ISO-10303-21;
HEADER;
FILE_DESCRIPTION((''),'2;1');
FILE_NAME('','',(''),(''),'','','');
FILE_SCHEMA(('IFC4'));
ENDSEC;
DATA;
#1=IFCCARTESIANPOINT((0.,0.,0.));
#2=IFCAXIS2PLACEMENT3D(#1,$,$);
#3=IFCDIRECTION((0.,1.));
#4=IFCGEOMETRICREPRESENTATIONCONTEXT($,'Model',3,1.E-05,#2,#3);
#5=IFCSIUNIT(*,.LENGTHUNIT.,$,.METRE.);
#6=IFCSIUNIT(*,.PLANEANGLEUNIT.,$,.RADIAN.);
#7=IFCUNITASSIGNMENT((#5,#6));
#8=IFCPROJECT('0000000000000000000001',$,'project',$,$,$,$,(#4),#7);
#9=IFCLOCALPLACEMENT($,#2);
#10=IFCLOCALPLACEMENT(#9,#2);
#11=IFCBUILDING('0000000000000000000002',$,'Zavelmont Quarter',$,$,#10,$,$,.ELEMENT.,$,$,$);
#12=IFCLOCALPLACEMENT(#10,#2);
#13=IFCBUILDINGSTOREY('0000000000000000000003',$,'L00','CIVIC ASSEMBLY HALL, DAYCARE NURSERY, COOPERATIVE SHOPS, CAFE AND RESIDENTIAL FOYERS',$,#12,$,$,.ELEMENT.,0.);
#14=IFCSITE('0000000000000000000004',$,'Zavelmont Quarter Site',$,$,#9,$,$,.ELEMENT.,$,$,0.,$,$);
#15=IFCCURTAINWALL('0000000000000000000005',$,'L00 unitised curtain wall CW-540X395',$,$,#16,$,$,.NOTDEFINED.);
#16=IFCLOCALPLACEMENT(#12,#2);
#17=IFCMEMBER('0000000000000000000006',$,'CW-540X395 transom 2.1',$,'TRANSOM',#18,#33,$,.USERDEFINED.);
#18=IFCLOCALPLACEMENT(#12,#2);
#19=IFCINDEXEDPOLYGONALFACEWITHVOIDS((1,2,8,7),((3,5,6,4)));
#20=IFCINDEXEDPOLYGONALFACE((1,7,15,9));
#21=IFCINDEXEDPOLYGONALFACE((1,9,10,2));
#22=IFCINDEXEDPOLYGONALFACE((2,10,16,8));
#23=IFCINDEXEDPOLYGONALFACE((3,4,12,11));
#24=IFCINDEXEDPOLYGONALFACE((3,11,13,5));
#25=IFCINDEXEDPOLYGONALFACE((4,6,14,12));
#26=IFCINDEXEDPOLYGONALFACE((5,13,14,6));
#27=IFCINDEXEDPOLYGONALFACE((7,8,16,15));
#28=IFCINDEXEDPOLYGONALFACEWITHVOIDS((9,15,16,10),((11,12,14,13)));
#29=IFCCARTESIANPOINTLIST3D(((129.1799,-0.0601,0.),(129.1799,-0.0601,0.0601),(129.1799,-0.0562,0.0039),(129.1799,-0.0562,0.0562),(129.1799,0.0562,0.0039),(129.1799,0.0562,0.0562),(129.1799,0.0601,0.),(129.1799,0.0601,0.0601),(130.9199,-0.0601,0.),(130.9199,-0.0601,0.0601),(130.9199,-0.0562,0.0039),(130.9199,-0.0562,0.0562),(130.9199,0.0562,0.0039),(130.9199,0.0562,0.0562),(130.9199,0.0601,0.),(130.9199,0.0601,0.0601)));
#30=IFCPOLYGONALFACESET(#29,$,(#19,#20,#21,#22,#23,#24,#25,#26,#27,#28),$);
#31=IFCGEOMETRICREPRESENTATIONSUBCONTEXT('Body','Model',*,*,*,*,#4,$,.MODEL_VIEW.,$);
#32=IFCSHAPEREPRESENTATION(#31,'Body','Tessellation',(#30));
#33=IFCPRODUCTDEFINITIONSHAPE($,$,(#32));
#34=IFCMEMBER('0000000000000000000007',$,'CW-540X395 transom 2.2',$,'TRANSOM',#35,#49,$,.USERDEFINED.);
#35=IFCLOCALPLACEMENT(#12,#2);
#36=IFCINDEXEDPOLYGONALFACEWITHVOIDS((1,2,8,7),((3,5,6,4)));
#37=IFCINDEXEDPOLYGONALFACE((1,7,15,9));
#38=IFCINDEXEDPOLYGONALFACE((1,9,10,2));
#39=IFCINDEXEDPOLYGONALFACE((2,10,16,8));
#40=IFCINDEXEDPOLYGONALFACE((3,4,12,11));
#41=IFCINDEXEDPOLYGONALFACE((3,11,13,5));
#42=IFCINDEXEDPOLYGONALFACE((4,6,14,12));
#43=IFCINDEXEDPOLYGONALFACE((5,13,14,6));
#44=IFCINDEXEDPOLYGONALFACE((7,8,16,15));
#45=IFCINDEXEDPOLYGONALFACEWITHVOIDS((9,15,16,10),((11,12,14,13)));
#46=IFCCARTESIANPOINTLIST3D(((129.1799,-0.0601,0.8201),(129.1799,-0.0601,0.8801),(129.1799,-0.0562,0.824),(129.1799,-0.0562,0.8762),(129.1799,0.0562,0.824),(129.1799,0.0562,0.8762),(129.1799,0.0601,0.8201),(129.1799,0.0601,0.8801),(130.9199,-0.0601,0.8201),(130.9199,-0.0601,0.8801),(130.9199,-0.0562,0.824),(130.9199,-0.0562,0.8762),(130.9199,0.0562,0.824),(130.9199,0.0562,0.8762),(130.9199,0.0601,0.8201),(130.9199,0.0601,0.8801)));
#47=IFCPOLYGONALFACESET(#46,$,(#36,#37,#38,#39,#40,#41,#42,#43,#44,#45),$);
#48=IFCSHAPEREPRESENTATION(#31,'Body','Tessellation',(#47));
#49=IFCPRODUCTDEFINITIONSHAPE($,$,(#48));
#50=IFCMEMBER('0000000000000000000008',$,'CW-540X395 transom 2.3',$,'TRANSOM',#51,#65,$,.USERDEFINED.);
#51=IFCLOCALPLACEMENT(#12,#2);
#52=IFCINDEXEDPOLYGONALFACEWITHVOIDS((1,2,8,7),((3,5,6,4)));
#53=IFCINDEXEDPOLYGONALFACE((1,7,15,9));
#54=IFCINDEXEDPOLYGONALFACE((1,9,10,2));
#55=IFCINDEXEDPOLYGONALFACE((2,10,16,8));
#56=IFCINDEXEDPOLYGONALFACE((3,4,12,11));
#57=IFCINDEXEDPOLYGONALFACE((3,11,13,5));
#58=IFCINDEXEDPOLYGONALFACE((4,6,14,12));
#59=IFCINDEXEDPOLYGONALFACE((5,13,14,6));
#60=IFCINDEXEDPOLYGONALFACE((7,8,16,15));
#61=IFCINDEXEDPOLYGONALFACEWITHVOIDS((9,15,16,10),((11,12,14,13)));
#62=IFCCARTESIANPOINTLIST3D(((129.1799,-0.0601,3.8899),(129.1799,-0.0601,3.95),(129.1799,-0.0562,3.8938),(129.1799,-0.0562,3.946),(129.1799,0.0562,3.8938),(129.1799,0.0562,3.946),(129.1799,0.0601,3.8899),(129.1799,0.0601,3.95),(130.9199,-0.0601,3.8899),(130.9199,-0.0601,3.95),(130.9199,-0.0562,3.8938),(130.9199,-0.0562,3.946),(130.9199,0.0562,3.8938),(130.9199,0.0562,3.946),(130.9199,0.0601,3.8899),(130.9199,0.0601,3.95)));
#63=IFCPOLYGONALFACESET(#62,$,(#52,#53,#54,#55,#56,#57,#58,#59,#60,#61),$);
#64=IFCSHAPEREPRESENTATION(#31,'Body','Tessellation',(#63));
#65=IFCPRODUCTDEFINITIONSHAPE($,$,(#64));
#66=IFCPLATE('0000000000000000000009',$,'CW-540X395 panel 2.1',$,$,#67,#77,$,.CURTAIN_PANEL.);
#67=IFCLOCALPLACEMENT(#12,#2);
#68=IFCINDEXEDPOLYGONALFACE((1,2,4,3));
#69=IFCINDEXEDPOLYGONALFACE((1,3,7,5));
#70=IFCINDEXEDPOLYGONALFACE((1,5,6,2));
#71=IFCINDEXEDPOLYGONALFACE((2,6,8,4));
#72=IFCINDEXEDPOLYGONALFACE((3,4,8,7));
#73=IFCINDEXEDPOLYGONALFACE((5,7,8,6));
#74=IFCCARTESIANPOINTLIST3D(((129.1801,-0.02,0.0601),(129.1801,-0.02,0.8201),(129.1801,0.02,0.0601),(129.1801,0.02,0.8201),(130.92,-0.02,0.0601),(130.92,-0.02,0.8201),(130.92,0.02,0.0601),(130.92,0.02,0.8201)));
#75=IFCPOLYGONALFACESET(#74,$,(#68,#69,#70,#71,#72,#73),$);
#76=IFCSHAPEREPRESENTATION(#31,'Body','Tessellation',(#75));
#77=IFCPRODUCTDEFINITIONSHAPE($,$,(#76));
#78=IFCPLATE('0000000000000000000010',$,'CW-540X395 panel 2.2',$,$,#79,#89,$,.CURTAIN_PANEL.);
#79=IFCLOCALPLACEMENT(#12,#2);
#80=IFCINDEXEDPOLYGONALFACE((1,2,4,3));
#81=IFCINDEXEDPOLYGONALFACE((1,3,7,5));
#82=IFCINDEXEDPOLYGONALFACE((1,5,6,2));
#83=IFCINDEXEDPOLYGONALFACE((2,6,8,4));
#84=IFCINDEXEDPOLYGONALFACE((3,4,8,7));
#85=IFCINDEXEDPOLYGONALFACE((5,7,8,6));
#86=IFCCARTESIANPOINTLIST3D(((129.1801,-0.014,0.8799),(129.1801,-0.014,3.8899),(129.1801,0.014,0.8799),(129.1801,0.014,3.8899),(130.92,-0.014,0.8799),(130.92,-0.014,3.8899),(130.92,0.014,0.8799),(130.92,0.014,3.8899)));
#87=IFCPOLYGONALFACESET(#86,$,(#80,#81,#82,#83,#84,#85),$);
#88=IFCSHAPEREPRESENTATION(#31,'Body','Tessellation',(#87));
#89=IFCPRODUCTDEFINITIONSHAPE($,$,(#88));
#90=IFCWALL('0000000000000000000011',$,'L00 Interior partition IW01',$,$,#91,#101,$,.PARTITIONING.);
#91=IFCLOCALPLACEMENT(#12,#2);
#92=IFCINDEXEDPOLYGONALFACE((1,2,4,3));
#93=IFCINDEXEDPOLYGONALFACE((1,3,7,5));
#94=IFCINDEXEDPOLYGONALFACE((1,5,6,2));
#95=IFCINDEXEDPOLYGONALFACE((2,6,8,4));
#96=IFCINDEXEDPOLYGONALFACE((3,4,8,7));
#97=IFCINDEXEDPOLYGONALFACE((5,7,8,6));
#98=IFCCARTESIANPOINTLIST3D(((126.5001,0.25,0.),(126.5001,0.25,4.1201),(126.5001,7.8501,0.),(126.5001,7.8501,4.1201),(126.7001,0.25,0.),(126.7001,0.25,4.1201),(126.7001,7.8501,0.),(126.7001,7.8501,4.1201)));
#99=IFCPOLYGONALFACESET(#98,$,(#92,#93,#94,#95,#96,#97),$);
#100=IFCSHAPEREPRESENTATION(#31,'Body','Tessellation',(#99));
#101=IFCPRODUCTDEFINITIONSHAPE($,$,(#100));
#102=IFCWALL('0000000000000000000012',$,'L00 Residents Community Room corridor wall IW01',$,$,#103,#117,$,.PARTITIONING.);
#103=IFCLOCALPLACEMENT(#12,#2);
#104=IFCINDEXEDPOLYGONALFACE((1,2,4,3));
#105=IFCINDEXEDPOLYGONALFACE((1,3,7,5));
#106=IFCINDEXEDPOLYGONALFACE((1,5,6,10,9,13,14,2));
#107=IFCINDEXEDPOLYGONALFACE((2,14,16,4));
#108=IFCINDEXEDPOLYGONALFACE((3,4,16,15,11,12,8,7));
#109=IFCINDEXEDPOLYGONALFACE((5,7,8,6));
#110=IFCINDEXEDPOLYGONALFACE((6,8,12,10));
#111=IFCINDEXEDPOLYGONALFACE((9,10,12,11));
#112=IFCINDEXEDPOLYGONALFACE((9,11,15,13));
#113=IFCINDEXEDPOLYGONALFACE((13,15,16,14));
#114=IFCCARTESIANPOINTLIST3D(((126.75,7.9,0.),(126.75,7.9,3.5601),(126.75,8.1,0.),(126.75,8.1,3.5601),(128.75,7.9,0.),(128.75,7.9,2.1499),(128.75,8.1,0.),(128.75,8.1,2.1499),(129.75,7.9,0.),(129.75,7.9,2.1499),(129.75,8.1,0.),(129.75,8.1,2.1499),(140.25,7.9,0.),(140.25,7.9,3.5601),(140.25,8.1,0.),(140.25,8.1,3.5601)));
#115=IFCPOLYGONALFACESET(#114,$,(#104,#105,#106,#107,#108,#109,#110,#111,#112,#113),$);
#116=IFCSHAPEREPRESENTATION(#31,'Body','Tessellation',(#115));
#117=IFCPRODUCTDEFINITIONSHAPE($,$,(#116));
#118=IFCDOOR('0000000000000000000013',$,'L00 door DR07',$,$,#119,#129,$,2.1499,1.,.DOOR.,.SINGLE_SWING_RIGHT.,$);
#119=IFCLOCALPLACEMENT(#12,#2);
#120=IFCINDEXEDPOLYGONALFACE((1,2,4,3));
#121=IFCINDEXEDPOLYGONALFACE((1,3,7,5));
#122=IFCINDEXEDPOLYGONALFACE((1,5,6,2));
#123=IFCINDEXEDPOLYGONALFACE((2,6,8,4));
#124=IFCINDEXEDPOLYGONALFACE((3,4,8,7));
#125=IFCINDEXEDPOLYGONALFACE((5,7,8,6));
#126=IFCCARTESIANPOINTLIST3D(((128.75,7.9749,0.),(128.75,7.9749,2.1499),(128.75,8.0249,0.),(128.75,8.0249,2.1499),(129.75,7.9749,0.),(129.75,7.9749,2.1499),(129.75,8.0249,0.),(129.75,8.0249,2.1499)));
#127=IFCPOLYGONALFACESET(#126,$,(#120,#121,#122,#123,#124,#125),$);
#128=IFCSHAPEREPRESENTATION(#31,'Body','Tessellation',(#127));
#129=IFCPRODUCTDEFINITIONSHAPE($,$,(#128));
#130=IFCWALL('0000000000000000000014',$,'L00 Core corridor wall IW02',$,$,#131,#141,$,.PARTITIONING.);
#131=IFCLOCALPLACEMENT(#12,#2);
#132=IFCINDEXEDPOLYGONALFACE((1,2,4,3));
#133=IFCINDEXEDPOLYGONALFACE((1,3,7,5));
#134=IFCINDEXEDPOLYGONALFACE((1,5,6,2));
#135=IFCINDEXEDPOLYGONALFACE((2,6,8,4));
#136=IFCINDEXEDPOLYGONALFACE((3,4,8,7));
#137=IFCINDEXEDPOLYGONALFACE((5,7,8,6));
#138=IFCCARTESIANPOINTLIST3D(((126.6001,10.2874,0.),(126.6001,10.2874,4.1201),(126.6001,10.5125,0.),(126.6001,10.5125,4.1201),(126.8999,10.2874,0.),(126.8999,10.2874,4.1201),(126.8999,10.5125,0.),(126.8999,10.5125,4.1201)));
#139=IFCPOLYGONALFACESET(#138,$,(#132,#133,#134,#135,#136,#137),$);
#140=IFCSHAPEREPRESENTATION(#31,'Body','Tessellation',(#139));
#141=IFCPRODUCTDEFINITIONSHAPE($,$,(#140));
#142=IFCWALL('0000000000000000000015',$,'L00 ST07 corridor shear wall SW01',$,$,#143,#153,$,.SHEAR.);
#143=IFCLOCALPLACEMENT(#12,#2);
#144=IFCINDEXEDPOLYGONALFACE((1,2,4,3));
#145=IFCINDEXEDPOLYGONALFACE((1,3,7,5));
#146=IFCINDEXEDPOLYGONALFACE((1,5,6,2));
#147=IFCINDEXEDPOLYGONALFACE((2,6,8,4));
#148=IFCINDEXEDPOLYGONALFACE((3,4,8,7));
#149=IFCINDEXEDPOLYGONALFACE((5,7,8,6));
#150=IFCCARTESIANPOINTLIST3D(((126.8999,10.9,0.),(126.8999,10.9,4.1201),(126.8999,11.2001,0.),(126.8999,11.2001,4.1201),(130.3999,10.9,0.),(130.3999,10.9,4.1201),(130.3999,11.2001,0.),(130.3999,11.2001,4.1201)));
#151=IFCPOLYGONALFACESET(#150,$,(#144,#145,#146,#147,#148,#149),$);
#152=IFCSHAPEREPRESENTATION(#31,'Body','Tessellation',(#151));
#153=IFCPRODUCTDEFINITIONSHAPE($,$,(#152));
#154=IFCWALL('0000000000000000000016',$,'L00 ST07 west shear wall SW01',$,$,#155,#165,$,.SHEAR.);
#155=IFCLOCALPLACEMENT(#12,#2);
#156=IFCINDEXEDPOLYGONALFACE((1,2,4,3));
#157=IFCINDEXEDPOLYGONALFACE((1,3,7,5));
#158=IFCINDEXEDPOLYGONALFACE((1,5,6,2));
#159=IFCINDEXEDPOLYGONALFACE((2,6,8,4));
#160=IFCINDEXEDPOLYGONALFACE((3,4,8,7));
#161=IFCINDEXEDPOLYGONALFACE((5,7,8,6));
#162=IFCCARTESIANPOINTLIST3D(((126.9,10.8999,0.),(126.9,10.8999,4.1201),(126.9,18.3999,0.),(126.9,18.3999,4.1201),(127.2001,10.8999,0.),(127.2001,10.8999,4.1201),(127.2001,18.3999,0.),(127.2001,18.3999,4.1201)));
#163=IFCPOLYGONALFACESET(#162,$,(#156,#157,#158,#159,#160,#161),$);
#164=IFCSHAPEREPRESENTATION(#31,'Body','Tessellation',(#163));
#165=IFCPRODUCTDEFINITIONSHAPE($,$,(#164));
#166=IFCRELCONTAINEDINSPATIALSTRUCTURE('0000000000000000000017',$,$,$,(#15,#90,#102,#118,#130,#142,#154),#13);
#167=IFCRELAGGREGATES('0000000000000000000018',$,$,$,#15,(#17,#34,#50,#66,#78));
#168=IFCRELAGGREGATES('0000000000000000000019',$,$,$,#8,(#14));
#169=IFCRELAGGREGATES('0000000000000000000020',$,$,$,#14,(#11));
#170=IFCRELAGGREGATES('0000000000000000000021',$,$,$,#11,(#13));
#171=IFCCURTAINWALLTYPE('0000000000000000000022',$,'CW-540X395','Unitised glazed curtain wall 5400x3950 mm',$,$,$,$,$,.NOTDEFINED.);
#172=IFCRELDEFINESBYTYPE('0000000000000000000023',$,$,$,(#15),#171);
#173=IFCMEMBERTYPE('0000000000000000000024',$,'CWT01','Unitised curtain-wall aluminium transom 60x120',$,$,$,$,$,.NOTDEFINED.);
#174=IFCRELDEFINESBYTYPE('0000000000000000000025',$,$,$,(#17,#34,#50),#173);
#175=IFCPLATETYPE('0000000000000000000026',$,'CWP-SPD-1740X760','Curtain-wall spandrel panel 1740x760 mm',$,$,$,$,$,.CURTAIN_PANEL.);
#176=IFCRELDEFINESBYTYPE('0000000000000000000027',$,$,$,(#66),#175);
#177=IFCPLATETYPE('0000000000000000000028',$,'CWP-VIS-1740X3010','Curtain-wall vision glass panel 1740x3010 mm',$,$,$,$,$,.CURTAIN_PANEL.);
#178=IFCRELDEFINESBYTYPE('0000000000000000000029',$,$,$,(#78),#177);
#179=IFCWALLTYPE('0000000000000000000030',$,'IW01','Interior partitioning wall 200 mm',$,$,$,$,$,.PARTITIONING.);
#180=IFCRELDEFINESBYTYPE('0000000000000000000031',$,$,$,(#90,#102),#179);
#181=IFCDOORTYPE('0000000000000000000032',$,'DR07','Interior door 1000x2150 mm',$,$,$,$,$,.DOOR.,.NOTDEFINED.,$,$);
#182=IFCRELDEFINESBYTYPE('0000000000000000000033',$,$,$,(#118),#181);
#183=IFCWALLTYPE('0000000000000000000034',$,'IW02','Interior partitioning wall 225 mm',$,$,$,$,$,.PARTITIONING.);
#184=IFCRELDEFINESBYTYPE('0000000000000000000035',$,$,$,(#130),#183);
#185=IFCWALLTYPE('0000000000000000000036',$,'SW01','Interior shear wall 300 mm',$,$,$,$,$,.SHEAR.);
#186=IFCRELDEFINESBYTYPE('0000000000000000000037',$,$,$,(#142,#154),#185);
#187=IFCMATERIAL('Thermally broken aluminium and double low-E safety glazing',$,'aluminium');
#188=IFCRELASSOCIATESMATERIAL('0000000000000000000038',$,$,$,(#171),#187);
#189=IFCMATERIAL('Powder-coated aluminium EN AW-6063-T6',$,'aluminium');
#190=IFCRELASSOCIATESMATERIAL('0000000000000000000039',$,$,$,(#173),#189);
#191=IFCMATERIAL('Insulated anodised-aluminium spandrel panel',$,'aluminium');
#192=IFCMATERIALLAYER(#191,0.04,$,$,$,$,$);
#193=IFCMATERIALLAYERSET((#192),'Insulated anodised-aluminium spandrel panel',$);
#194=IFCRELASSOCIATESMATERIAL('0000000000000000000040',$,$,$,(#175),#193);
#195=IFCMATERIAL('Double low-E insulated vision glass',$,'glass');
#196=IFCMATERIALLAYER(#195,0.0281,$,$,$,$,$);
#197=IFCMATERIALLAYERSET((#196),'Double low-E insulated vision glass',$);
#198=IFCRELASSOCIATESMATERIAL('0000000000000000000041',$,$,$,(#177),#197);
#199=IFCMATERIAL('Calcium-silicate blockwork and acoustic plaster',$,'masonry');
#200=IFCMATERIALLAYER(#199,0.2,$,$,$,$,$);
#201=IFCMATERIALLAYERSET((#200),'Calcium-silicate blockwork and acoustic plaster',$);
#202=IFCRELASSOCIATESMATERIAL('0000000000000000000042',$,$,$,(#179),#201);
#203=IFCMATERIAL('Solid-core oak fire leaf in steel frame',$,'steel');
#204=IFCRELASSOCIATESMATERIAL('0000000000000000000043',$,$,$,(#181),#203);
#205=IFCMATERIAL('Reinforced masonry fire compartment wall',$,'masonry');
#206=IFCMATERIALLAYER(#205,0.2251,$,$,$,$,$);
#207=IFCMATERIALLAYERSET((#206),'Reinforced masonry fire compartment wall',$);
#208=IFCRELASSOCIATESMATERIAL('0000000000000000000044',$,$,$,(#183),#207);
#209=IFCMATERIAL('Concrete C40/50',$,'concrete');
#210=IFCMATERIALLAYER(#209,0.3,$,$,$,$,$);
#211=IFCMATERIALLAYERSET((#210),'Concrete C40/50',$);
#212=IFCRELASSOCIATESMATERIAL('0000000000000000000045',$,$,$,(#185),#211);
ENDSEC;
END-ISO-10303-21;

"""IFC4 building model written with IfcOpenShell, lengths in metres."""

from ifc_helpers import new_model, si_unit, direction, frame, frame_2d, origin, origin_with_axes, origin_2d, place, context, subcontext, project, spatial, rectangle, hollow_rectangle, extrude, material, layer, layer_set, material_profile, profile_set, type_object, element, fill, aggregate, save


model = new_model("IFC4")

# Units and contexts
model_context = context("Model", 3, precision=1e-05, world=origin(), true_north=direction((0.0, 1.0)))
body_context = subcontext(model_context, "Body", "Model", "MODEL_VIEW")
ifc_project = project(units=[si_unit("LENGTHUNIT", "METRE"), si_unit("PLANEANGLEUNIT", "RADIAN")], contexts=[model_context])

# Site, building, storey
site_placement = place(None, origin())
site = spatial("IfcSite", under=ifc_project, at=site_placement, Name="Zavelmont Quarter Site", CompositionType="ELEMENT", RefElevation=0.0)
building_placement = place(site_placement, origin())
building = spatial("IfcBuilding", under=site, at=building_placement, Name="Zavelmont Quarter", CompositionType="ELEMENT")
storey_placement = place(building_placement, origin())
storey = spatial("IfcBuildingStorey", under=building, at=storey_placement, Name="L00", Description="CIVIC ASSEMBLY HALL, DAYCARE NURSERY, COOPERATIVE SHOPS, CAFE AND RESIDENTIAL FOYERS", CompositionType="ELEMENT", Elevation=0.0)

# Shared definitions
ifc_material_1 = material(Name="Concrete C40/50", Category="concrete")

# Curtain wall, members, plates
ifc_material_2 = material(Name="Thermally broken aluminium and double low-E safety glazing", Category="aluminium")
curtain_wall_type = type_object("IfcCurtainWallType", Name="CW-540X395", Description="Unitised glazed curtain wall 5400x3950 mm", PredefinedType="NOTDEFINED", material=ifc_material_2)
curtain_wall_placement = place(storey_placement, origin())
curtain_wall = element("IfcCurtainWall", 1, at=curtain_wall_placement, inside=storey, type_object=curtain_wall_type, Name="L00 unitised curtain wall CW-540X395", PredefinedType="NOTDEFINED")
ifc_material_3 = material(Name="Powder-coated aluminium EN AW-6063-T6", Category="aluminium")
ifc_material_profile_1 = material_profile(ifc_material_3, hollow_rectangle(XDim=0.1201, YDim=0.0601, WallThickness=0.0039, at=origin_2d()), Name="CWT60X120")
ifc_profile_set_1 = profile_set([ifc_material_profile_1], Name="Powder-coated aluminium EN AW-6063-T6")
member_type = type_object("IfcMemberType", Name="CWT01", Description="Unitised curtain-wall aluminium transom 60x120", PredefinedType="NOTDEFINED", material=ifc_profile_set_1)
member_1_placement = place(storey_placement, frame((129.1799, 0.0, 0.03), z_axis=(1.0, 0.0, 0.0), x_axis=(0.0, 1.0, 0.0)))
member_1 = element("IfcMember", 2, at=member_1_placement, type_object=member_type, Name="CW-540X395 transom 2.1", ObjectType="TRANSOM", PredefinedType="USERDEFINED", context=body_context, shape_type="SweptSolid", body=[
    extrude(hollow_rectangle(XDim=0.1201, YDim=0.0601, WallThickness=0.0039, at=origin_2d()), origin(), (0.0, 0.0, 1.0), 1.74),
])
member_2_placement = place(storey_placement, frame((129.1799, 0.0, 0.8501), z_axis=(1.0, 0.0, 0.0), x_axis=(0.0, 1.0, 0.0)))
member_2 = element("IfcMember", 3, at=member_2_placement, type_object=member_type, Name="CW-540X395 transom 2.2", ObjectType="TRANSOM", PredefinedType="USERDEFINED", context=body_context, shape_type="SweptSolid", body=[
    extrude(hollow_rectangle(XDim=0.1201, YDim=0.0601, WallThickness=0.0039, at=origin_2d()), origin(), (0.0, 0.0, 1.0), 1.74),
])
member_3_placement = place(storey_placement, frame((129.1799, 0.0, 3.9199), z_axis=(1.0, 0.0, 0.0), x_axis=(0.0, 1.0, 0.0)))
member_3 = element("IfcMember", 4, at=member_3_placement, type_object=member_type, Name="CW-540X395 transom 2.3", ObjectType="TRANSOM", PredefinedType="USERDEFINED", context=body_context, shape_type="SweptSolid", body=[
    extrude(hollow_rectangle(XDim=0.1201, YDim=0.0601, WallThickness=0.0039, at=origin_2d()), origin(), (0.0, 0.0, 1.0), 1.74),
])
ifc_material_4 = material(Name="Insulated anodised-aluminium spandrel panel", Category="aluminium")
ifc_layer_1 = layer(ifc_material_4, 0.04)
ifc_layer_set_1 = layer_set([ifc_layer_1], Name="Insulated anodised-aluminium spandrel panel")
plate_type_1 = type_object("IfcPlateType", Name="CWP-SPD-1740X760", Description="Curtain-wall spandrel panel 1740x760 mm", PredefinedType="CURTAIN_PANEL", material=ifc_layer_set_1)
plate_1_placement = place(storey_placement, frame((130.05, 0.0, 0.0601), z_axis=(0.0, 0.0, 1.0), x_axis=(1.0, 0.0, 0.0)))
plate_1 = element("IfcPlate", 5, at=plate_1_placement, type_object=plate_type_1, Name="CW-540X395 panel 2.1", PredefinedType="CURTAIN_PANEL", context=body_context, shape_type="SweptSolid", body=[
    extrude(rectangle(XDim=1.74, YDim=0.04, at=origin_2d()), origin(), (0.0, 0.0, 1.0), 0.76),
])
ifc_material_5 = material(Name="Double low-E insulated vision glass", Category="glass")
ifc_layer_2 = layer(ifc_material_5, 0.0281)
ifc_layer_set_2 = layer_set([ifc_layer_2], Name="Double low-E insulated vision glass")
plate_type_2 = type_object("IfcPlateType", Name="CWP-VIS-1740X3010", Description="Curtain-wall vision glass panel 1740x3010 mm", PredefinedType="CURTAIN_PANEL", material=ifc_layer_set_2)
plate_2_placement = place(storey_placement, frame((130.05, 0.0, 0.8799), z_axis=(0.0, 0.0, 1.0), x_axis=(1.0, 0.0, 0.0)))
plate_2 = element("IfcPlate", 6, at=plate_2_placement, type_object=plate_type_2, Name="CW-540X395 panel 2.2", PredefinedType="CURTAIN_PANEL", context=body_context, shape_type="SweptSolid", body=[
    extrude(rectangle(XDim=1.74, YDim=0.0281, at=origin_2d()), origin(), (0.0, 0.0, 1.0), 3.01),
])
aggregate(curtain_wall, [member_1, member_2, member_3, plate_1, plate_2])

# Wall
ifc_material_6 = material(Name="Calcium-silicate blockwork and acoustic plaster", Category="masonry")
ifc_layer_3 = layer(ifc_material_6, 0.2)
ifc_layer_set_3 = layer_set([ifc_layer_3], Name="Calcium-silicate blockwork and acoustic plaster")
wall_type_1 = type_object("IfcWallType", Name="IW01", Description="Interior partitioning wall 200 mm", PredefinedType="PARTITIONING", material=ifc_layer_set_3)
wall_1_placement = place(storey_placement, frame((126.6001, 0.25, 0.0), z_axis=(0.0, 0.0, 1.0), x_axis=(0.0, 1.0, 0.0)))
element("IfcWall", 7, at=wall_1_placement, inside=storey, type_object=wall_type_1, Name="L00 Interior partition IW01", PredefinedType="PARTITIONING", context=body_context, shape_type="SweptSolid", body=[
    extrude(rectangle(XDim=7.6001, YDim=0.2, at=frame_2d((3.8, 0.0))), origin(), (0.0, 0.0, 1.0), 4.1201),
])

# Wall, opening, door
wall_2_placement = place(storey_placement, frame((126.75, 8.0, 0.0), z_axis=(0.0, 0.0, 1.0), x_axis=(1.0, 0.0, 0.0)))
wall_2 = element("IfcWall", 8, at=wall_2_placement, inside=storey, type_object=wall_type_1, Name="L00 Residents Community Room corridor wall IW01", PredefinedType="PARTITIONING", context=body_context, shape_type="SweptSolid", body=[
    extrude(rectangle(XDim=13.5, YDim=0.2, at=frame_2d((6.75, 0.0))), origin(), (0.0, 0.0, 1.0), 3.5601),
])
opening_placement = place(wall_2_placement, frame((2.0, 0.0, 0.0)))
opening = element("IfcOpeningElement", 9, at=opening_placement, cuts=wall_2, PredefinedType="OPENING", context=body_context, shape_type="SweptSolid", body=[
    extrude(rectangle(XDim=1.0, YDim=2.1499, at=frame_2d((0.5, 1.075))), frame((0.0, 0.1118, 0.0), z_axis=(0.0, -1.0, 0.0), x_axis=(1.0, 0.0, 0.0)), (0.0, 0.0, 1.0), 0.2239),
])
ifc_material_7 = material(Name="Solid-core oak fire leaf in steel frame", Category="steel")
door_type = type_object("IfcDoorType", Name="DR07", Description="Interior door 1000x2150 mm", OperationType="NOTDEFINED", PredefinedType="DOOR", material=ifc_material_7)
door_placement = place(opening_placement, origin_with_axes())
door = element("IfcDoor", 10, at=door_placement, inside=storey, type_object=door_type, Name="L00 door DR07", OperationType="SINGLE_SWING_RIGHT", OverallHeight=2.1499, OverallWidth=1.0, PredefinedType="DOOR", context=body_context, shape_type="SweptSolid", body=[
    extrude(rectangle(XDim=1.0, YDim=2.1499, at=frame_2d((0.5, 1.075))), frame((0.0, 0.0249, 0.0), z_axis=(0.0, -1.0, 0.0), x_axis=(1.0, 0.0, 0.0)), (0.0, 0.0, 1.0), 0.05),
])
fill(opening, door)

# Walls
ifc_material_8 = material(Name="Reinforced masonry fire compartment wall", Category="masonry")
ifc_layer_4 = layer(ifc_material_8, 0.2251)
ifc_layer_set_4 = layer_set([ifc_layer_4], Name="Reinforced masonry fire compartment wall")
wall_type_2 = type_object("IfcWallType", Name="IW02", Description="Interior partitioning wall 225 mm", PredefinedType="PARTITIONING", material=ifc_layer_set_4)
wall_3_placement = place(storey_placement, frame((126.6001, 10.3999, 0.0), z_axis=(0.0, 0.0, 1.0), x_axis=(1.0, 0.0, 0.0)))
element("IfcWall", 11, at=wall_3_placement, inside=storey, type_object=wall_type_2, Name="L00 Core corridor wall IW02", PredefinedType="PARTITIONING", context=body_context, shape_type="SweptSolid", body=[
    extrude(rectangle(XDim=0.2998, YDim=0.2251, at=frame_2d((0.1499, 0.0))), origin(), (0.0, 0.0, 1.0), 4.1201),
])
ifc_layer_5 = layer(ifc_material_1, 0.3)
ifc_layer_set_5 = layer_set([ifc_layer_5], Name="Concrete C40/50")
wall_type_3 = type_object("IfcWallType", Name="SW01", Description="Interior shear wall 300 mm", PredefinedType="SHEAR", material=ifc_layer_set_5)
wall_4_placement = place(storey_placement, frame((126.8999, 11.05, 0.0), z_axis=(0.0, 0.0, 1.0), x_axis=(1.0, 0.0, 0.0)))
element("IfcWall", 12, at=wall_4_placement, inside=storey, type_object=wall_type_3, Name="L00 ST07 corridor shear wall SW01", PredefinedType="SHEAR", context=body_context, shape_type="SweptSolid", body=[
    extrude(rectangle(XDim=3.5, YDim=0.3, at=frame_2d((1.75, 0.0))), origin(), (0.0, 0.0, 1.0), 4.1201),
])
wall_5_placement = place(storey_placement, frame((127.05, 10.8999, 0.0), z_axis=(0.0, 0.0, 1.0), x_axis=(0.0, 1.0, 0.0)))
element("IfcWall", 13, at=wall_5_placement, inside=storey, type_object=wall_type_3, Name="L00 ST07 west shear wall SW01", PredefinedType="SHEAR", context=body_context, shape_type="SweptSolid", body=[
    extrude(rectangle(XDim=7.5, YDim=0.3, at=frame_2d((3.75, 0.0))), origin(), (0.0, 0.0, 1.0), 4.1201),
])

save(model, "model.ifc")
